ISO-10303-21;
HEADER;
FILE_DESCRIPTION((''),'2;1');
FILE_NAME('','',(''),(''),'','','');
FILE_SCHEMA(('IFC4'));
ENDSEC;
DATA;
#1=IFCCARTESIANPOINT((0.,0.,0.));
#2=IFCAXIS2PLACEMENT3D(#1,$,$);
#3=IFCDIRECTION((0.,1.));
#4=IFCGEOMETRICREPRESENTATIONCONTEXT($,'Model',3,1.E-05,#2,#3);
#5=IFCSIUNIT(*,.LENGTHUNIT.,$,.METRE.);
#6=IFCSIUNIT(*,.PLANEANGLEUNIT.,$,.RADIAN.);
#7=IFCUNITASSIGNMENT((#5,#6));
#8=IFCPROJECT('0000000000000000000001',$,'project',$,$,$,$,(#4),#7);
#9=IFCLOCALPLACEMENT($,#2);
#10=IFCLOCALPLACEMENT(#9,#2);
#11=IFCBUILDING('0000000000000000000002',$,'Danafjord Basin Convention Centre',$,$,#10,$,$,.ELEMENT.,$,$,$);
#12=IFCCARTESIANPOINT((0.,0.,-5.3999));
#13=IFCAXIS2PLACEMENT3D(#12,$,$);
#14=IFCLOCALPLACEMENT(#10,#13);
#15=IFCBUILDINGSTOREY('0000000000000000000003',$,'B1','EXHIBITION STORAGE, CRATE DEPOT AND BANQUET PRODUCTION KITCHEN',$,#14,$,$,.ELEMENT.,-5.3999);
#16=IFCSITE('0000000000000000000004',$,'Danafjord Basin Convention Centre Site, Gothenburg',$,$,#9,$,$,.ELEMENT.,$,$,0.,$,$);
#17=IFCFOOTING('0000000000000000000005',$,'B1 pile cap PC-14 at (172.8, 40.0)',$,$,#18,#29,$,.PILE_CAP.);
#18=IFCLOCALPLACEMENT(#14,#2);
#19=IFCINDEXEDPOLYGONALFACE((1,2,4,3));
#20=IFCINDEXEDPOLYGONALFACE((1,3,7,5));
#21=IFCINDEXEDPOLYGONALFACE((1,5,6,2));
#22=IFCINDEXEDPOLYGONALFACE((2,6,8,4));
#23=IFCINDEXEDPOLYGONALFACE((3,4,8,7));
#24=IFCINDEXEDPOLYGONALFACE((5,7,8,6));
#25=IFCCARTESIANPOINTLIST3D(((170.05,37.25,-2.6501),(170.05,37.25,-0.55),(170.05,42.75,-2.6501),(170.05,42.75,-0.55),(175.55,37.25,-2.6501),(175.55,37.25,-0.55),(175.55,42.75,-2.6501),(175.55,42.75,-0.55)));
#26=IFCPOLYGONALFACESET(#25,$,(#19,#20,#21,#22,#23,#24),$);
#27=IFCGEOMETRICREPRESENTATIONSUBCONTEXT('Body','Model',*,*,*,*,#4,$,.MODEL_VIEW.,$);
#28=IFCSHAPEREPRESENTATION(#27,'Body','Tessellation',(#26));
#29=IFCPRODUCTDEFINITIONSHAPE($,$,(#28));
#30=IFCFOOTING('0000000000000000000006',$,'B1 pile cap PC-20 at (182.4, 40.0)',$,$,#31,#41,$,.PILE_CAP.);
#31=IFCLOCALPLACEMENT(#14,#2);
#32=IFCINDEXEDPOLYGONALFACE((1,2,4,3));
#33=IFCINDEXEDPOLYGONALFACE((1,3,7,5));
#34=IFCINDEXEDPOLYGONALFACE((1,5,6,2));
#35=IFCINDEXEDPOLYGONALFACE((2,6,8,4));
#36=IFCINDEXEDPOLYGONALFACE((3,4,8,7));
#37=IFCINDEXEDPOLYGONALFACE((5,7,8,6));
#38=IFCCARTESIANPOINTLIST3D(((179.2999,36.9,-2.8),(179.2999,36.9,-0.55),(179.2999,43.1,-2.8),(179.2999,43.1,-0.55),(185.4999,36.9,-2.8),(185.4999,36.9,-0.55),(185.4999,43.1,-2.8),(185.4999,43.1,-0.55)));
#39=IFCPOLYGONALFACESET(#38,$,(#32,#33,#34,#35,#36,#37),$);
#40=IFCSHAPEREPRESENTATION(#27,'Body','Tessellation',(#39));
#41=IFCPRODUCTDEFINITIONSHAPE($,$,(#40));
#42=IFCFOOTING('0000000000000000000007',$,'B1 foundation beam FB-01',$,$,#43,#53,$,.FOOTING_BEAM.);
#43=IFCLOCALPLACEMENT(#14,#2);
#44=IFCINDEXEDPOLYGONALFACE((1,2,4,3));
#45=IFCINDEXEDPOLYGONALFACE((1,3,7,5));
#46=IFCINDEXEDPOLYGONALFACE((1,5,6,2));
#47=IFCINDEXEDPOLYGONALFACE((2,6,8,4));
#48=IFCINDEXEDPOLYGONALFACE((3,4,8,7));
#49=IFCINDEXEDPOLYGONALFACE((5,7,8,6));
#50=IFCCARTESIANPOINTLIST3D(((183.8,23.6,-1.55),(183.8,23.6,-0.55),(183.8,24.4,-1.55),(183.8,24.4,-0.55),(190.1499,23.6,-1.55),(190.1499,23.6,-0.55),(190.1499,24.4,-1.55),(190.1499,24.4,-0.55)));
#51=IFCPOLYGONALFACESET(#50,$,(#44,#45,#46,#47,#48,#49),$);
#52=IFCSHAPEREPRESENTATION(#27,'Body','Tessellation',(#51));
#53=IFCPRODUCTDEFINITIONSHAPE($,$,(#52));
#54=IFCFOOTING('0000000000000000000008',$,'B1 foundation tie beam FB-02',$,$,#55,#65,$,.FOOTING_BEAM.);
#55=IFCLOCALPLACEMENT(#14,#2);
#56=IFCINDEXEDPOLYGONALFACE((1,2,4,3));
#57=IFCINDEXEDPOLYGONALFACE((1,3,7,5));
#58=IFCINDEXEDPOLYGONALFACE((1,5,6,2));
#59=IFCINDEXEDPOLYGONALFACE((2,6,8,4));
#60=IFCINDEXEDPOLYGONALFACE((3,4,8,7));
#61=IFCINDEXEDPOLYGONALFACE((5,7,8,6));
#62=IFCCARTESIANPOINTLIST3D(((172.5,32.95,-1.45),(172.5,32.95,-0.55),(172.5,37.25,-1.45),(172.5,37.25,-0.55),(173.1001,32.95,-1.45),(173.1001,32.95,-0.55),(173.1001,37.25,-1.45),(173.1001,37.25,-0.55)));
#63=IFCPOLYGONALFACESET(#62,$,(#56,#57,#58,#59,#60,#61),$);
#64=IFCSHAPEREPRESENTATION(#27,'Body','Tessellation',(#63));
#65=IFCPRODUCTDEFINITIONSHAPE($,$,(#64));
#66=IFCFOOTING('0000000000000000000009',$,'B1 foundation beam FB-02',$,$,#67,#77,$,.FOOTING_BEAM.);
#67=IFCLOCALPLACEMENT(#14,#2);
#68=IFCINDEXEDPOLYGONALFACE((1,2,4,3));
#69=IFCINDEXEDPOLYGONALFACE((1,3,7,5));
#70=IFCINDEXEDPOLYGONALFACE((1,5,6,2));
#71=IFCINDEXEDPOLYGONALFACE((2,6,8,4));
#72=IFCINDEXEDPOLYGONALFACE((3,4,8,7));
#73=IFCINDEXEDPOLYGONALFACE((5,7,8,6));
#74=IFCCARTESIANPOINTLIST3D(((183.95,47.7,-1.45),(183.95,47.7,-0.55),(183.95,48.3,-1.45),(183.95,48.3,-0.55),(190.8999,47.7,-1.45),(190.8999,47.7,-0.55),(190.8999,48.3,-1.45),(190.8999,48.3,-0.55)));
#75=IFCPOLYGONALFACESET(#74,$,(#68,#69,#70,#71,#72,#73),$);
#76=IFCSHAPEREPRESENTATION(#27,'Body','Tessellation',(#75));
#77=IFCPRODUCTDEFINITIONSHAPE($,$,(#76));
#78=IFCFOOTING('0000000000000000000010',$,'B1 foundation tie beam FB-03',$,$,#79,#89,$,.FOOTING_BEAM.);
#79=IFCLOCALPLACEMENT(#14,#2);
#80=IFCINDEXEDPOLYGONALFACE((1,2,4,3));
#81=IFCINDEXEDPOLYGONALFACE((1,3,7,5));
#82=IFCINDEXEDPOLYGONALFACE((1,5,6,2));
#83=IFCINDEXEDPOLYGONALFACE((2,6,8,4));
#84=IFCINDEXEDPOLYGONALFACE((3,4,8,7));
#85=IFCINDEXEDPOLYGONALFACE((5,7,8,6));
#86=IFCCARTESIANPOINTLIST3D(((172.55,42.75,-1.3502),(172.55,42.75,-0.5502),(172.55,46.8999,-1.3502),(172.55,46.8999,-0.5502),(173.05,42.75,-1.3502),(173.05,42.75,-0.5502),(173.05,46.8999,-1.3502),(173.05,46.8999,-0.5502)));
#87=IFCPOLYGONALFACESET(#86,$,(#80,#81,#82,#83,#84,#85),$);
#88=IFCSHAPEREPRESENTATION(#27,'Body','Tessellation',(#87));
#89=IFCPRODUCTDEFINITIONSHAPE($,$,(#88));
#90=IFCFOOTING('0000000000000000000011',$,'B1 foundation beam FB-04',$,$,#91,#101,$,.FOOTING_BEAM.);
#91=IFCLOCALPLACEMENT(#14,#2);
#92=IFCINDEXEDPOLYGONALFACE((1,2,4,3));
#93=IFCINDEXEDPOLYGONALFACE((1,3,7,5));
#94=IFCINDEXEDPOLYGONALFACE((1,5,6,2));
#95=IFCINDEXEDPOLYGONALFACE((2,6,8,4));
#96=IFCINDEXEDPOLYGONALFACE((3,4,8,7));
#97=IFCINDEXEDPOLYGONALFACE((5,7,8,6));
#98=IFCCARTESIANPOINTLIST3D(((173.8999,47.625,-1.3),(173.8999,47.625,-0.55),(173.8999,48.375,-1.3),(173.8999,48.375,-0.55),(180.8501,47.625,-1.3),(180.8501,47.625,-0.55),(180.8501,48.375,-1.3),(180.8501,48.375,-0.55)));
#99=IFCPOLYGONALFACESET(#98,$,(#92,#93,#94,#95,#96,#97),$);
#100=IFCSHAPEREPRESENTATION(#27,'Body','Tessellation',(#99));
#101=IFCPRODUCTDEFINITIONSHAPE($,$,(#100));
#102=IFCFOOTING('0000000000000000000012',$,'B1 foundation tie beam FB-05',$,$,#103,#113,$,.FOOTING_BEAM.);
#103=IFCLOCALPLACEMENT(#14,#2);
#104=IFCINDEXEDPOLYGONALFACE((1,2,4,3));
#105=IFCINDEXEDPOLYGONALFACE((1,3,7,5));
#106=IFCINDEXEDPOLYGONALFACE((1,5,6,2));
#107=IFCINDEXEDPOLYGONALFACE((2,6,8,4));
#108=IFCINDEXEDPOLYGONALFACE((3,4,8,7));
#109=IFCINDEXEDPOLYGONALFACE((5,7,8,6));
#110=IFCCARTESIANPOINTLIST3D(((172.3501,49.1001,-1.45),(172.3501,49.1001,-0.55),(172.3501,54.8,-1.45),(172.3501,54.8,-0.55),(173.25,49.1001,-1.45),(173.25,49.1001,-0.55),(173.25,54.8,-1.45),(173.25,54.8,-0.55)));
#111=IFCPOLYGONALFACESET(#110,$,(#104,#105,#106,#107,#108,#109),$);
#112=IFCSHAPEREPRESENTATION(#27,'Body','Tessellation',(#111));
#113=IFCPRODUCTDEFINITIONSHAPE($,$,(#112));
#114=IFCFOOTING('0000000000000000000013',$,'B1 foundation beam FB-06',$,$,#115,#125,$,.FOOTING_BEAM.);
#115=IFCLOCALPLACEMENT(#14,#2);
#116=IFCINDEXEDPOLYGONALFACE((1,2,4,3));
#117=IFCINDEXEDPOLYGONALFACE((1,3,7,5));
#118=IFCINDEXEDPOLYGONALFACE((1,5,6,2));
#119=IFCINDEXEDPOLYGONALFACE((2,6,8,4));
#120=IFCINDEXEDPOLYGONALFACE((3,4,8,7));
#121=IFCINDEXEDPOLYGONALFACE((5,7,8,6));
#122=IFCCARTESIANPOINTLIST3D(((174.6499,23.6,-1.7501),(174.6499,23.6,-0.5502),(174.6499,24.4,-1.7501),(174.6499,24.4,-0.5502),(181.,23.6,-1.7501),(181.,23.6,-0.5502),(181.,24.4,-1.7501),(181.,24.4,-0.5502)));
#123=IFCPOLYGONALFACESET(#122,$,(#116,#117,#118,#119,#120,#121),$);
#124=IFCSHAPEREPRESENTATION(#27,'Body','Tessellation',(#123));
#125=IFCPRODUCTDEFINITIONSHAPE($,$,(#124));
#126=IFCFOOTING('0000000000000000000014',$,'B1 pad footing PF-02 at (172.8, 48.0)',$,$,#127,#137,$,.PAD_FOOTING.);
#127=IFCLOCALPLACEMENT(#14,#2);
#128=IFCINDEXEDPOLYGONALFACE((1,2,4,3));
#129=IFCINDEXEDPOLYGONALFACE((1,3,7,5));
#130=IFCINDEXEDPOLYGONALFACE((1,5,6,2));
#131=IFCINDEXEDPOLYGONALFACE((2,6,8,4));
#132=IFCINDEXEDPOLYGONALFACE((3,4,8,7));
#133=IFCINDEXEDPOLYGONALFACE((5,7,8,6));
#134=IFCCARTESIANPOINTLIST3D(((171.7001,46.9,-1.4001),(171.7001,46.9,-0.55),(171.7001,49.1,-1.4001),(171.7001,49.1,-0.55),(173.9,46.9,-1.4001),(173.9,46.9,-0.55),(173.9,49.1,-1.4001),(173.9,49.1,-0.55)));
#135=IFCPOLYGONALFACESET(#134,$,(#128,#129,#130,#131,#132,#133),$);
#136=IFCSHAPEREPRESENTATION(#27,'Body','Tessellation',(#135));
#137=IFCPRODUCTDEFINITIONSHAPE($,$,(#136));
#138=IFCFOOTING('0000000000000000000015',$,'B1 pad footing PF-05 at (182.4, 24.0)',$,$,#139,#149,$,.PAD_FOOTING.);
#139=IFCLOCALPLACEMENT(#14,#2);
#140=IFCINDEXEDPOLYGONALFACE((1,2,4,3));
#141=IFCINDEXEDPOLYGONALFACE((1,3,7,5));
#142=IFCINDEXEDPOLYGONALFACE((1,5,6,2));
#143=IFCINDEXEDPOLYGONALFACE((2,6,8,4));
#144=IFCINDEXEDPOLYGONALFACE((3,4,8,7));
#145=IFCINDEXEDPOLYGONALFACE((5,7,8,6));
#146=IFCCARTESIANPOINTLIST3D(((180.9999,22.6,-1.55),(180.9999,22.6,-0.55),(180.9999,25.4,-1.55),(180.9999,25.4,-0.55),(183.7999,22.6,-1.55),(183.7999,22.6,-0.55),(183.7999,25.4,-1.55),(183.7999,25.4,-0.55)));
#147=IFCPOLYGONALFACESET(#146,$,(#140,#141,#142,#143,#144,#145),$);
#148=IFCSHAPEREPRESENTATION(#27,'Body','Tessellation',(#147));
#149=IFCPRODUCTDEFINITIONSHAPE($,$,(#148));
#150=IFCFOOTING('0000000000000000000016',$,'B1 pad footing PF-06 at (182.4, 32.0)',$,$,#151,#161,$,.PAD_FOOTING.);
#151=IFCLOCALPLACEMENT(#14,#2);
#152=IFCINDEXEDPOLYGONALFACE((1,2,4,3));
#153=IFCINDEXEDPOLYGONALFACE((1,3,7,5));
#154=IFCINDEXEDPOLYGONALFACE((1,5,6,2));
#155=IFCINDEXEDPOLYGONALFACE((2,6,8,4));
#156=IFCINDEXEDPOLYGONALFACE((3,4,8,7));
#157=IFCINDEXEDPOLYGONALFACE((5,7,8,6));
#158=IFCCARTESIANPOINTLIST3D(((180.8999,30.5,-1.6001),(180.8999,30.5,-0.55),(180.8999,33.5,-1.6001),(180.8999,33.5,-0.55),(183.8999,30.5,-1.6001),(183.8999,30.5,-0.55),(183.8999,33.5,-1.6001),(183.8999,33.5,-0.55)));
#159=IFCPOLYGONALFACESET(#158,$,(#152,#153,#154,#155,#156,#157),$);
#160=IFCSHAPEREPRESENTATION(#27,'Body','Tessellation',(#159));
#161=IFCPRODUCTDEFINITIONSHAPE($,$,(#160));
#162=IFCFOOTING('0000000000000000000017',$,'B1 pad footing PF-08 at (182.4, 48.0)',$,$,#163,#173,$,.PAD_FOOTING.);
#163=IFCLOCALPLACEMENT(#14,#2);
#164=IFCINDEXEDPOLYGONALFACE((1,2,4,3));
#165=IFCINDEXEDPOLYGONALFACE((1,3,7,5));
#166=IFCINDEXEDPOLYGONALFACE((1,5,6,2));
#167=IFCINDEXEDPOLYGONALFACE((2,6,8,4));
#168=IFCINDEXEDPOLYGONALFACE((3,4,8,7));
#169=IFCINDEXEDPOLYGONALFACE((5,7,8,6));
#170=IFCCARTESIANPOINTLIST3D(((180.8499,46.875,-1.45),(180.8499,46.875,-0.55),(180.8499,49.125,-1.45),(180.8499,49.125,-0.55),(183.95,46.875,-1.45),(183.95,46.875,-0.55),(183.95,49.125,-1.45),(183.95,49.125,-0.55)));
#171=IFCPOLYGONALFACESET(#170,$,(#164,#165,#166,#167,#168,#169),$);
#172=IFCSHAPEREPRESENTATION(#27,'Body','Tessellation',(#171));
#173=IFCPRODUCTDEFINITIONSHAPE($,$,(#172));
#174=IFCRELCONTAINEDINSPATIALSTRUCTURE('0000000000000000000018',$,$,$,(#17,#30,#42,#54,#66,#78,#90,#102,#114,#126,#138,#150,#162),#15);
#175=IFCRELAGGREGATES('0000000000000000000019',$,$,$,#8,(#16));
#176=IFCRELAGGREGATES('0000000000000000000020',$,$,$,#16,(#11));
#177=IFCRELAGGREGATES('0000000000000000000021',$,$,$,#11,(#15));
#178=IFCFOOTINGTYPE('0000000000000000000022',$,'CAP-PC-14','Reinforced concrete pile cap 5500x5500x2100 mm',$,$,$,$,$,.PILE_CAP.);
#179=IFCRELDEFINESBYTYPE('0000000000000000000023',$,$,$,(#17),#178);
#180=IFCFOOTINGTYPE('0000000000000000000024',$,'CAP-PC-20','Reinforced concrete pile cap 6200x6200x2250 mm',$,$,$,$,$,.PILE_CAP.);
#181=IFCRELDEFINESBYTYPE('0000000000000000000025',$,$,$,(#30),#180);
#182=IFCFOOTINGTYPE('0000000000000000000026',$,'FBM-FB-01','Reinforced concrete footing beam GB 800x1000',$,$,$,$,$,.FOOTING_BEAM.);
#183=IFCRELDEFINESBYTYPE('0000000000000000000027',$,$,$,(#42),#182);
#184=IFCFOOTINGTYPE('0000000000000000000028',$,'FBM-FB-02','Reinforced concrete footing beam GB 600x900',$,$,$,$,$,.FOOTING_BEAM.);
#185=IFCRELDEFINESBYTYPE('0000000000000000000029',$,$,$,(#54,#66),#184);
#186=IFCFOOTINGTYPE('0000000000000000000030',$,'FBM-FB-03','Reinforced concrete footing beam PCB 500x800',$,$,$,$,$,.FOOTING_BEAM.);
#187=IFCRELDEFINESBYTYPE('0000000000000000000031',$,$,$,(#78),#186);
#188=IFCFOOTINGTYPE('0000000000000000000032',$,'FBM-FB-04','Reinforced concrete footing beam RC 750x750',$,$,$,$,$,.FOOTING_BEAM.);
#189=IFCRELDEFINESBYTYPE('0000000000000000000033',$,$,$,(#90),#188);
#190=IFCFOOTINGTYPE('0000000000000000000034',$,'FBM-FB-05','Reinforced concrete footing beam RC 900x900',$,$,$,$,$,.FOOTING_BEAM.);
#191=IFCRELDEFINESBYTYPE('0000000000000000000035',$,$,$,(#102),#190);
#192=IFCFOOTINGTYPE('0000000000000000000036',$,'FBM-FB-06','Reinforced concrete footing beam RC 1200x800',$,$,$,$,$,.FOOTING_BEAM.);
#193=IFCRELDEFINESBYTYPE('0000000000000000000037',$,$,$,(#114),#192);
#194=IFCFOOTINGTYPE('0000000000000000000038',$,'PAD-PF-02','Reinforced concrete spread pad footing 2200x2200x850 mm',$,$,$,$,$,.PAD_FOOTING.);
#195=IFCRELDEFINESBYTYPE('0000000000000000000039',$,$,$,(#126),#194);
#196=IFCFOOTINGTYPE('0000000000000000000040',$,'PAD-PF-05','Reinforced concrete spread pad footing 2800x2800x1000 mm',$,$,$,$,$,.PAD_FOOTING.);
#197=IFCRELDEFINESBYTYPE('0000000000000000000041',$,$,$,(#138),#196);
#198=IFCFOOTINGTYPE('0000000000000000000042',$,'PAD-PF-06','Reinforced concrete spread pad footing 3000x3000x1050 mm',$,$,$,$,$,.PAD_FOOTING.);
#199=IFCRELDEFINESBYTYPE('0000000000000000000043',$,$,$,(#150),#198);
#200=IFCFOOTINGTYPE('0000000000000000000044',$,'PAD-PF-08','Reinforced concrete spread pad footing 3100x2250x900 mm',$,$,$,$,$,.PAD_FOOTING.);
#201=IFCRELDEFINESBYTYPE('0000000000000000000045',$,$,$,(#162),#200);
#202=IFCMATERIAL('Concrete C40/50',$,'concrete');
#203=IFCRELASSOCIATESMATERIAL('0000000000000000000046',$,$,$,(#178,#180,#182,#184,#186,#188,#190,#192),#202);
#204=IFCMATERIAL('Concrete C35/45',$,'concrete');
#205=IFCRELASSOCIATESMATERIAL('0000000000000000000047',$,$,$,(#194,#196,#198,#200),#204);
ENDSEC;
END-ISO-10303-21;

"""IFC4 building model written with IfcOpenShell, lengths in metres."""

from ifc_helpers import new_model, si_unit, direction, frame, origin, origin_2d, place, context, subcontext, project, spatial, rectangle, extrude, material, material_profile, profile_set, type_object, element, save


model = new_model("IFC4")

# Units and contexts
model_context = context("Model", 3, precision=1e-05, world=origin(), true_north=direction((0.0, 1.0)))
body_context = subcontext(model_context, "Body", "Model", "MODEL_VIEW")
ifc_project = project(units=[si_unit("LENGTHUNIT", "METRE"), si_unit("PLANEANGLEUNIT", "RADIAN")], contexts=[model_context])

# Site, building, storey
site_placement = place(None, origin())
site = spatial("IfcSite", under=ifc_project, at=site_placement, Name="Danafjord Basin Convention Centre Site, Gothenburg", CompositionType="ELEMENT", RefElevation=0.0)
building_placement = place(site_placement, origin())
building = spatial("IfcBuilding", under=site, at=building_placement, Name="Danafjord Basin Convention Centre", CompositionType="ELEMENT")
storey_placement = place(building_placement, frame((0.0, 0.0, -5.3999)))
storey = spatial("IfcBuildingStorey", under=building, at=storey_placement, Name="B1", Description="EXHIBITION STORAGE, CRATE DEPOT AND BANQUET PRODUCTION KITCHEN", CompositionType="ELEMENT", Elevation=-5.3999)

# Footings
ifc_material_1 = material(Name="Concrete C40/50", Category="concrete")
footing_type_1 = type_object("IfcFootingType", Name="CAP-PC-14", Description="Reinforced concrete pile cap 5500x5500x2100 mm", PredefinedType="PILE_CAP", material=ifc_material_1)
footing_1_placement = place(storey_placement, frame((172.8, 40.0, -2.6501), z_axis=(0.0, 0.0, 1.0), x_axis=(1.0, 0.0, 0.0)))
element("IfcFooting", 1, at=footing_1_placement, inside=storey, type_object=footing_type_1, Name="B1 pile cap PC-14 at (172.8, 40.0)", PredefinedType="PILE_CAP", context=body_context, shape_type="SweptSolid", body=[
    extrude(rectangle(XDim=5.5, YDim=5.5, at=origin_2d()), origin(), (0.0, 0.0, 1.0), 2.1001),
])
footing_type_2 = type_object("IfcFootingType", Name="CAP-PC-20", Description="Reinforced concrete pile cap 6200x6200x2250 mm", PredefinedType="PILE_CAP", material=ifc_material_1)
footing_2_placement = place(storey_placement, frame((182.3999, 40.0, -2.8), z_axis=(0.0, 0.0, 1.0), x_axis=(1.0, 0.0, 0.0)))
element("IfcFooting", 2, at=footing_2_placement, inside=storey, type_object=footing_type_2, Name="B1 pile cap PC-20 at (182.4, 40.0)", PredefinedType="PILE_CAP", context=body_context, shape_type="SweptSolid", body=[
    extrude(rectangle(XDim=6.2, YDim=6.2, at=origin_2d()), origin(), (0.0, 0.0, 1.0), 2.25),
])
ifc_material_profile_1 = material_profile(ifc_material_1, rectangle(XDim=0.8, YDim=1.0, at=origin_2d()), Name="GB 800x1000")
ifc_profile_set_1 = profile_set([ifc_material_profile_1], Name="Concrete C40/50")
footing_type_3 = type_object("IfcFootingType", Name="FBM-FB-01", Description="Reinforced concrete footing beam GB 800x1000", PredefinedType="FOOTING_BEAM", material=ifc_profile_set_1)
footing_3_placement = place(storey_placement, frame((183.8, 24.0, -1.05), z_axis=(1.0, 0.0, 0.0), x_axis=(0.0, 1.0, 0.0)))
element("IfcFooting", 3, at=footing_3_placement, inside=storey, type_object=footing_type_3, Name="B1 foundation beam FB-01", PredefinedType="FOOTING_BEAM", context=body_context, shape_type="SweptSolid", body=[
    extrude(rectangle(XDim=0.8, YDim=1.0, at=origin_2d()), origin(), (0.0, 0.0, 1.0), 6.3499),
])
ifc_material_profile_2 = material_profile(ifc_material_1, rectangle(XDim=0.6001, YDim=0.8999, at=origin_2d()), Name="GB 600x900")
ifc_profile_set_2 = profile_set([ifc_material_profile_2], Name="Concrete C40/50")
footing_type_4 = type_object("IfcFootingType", Name="FBM-FB-02", Description="Reinforced concrete footing beam GB 600x900", PredefinedType="FOOTING_BEAM", material=ifc_profile_set_2)
footing_4_placement = place(storey_placement, frame((172.8, 32.95, -1.0), z_axis=(0.0, 1.0, 0.0), x_axis=(-1.0, 0.0, 0.0)))
element("IfcFooting", 4, at=footing_4_placement, inside=storey, type_object=footing_type_4, Name="B1 foundation tie beam FB-02", PredefinedType="FOOTING_BEAM", context=body_context, shape_type="SweptSolid", body=[
    extrude(rectangle(XDim=0.6001, YDim=0.8999, at=origin_2d()), origin(), (0.0, 0.0, 1.0), 4.3),
])
footing_5_placement = place(storey_placement, frame((183.95, 48.0, -1.0), z_axis=(1.0, 0.0, 0.0), x_axis=(0.0, 1.0, 0.0)))
element("IfcFooting", 5, at=footing_5_placement, inside=storey, type_object=footing_type_4, Name="B1 foundation beam FB-02", PredefinedType="FOOTING_BEAM", context=body_context, shape_type="SweptSolid", body=[
    extrude(rectangle(XDim=0.6001, YDim=0.8999, at=origin_2d()), origin(), (0.0, 0.0, 1.0), 6.95),
])
ifc_material_profile_3 = material_profile(ifc_material_1, rectangle(XDim=0.5, YDim=0.8, at=origin_2d()), Name="PCB 500x800")
ifc_profile_set_3 = profile_set([ifc_material_profile_3], Name="Concrete C40/50")
footing_type_5 = type_object("IfcFootingType", Name="FBM-FB-03", Description="Reinforced concrete footing beam PCB 500x800", PredefinedType="FOOTING_BEAM", material=ifc_profile_set_3)
footing_6_placement = place(storey_placement, frame((172.8, 42.75, -0.9502), z_axis=(0.0, 1.0, 0.0), x_axis=(-1.0, 0.0, 0.0)))
element("IfcFooting", 6, at=footing_6_placement, inside=storey, type_object=footing_type_5, Name="B1 foundation tie beam FB-03", PredefinedType="FOOTING_BEAM", context=body_context, shape_type="SweptSolid", body=[
    extrude(rectangle(XDim=0.5, YDim=0.8, at=origin_2d()), origin(), (0.0, 0.0, 1.0), 4.1499),
])
ifc_material_profile_4 = material_profile(ifc_material_1, rectangle(XDim=0.75, YDim=0.75, at=origin_2d()), Name="RC 750x750")
ifc_profile_set_4 = profile_set([ifc_material_profile_4], Name="Concrete C40/50")
footing_type_6 = type_object("IfcFootingType", Name="FBM-FB-04", Description="Reinforced concrete footing beam RC 750x750", PredefinedType="FOOTING_BEAM", material=ifc_profile_set_4)
footing_7_placement = place(storey_placement, frame((173.8999, 48.0, -0.925), z_axis=(1.0, 0.0, 0.0), x_axis=(0.0, 1.0, 0.0)))
element("IfcFooting", 7, at=footing_7_placement, inside=storey, type_object=footing_type_6, Name="B1 foundation beam FB-04", PredefinedType="FOOTING_BEAM", context=body_context, shape_type="SweptSolid", body=[
    extrude(rectangle(XDim=0.75, YDim=0.75, at=origin_2d()), origin(), (0.0, 0.0, 1.0), 6.9502),
])
ifc_material_profile_5 = material_profile(ifc_material_1, rectangle(XDim=0.8999, YDim=0.8999, at=origin_2d()), Name="RC 900x900")
ifc_profile_set_5 = profile_set([ifc_material_profile_5], Name="Concrete C40/50")
footing_type_7 = type_object("IfcFootingType", Name="FBM-FB-05", Description="Reinforced concrete footing beam RC 900x900", PredefinedType="FOOTING_BEAM", material=ifc_profile_set_5)
footing_8_placement = place(storey_placement, frame((172.8, 49.1001, -1.0), z_axis=(0.0, 1.0, 0.0), x_axis=(-1.0, 0.0, 0.0)))
element("IfcFooting", 8, at=footing_8_placement, inside=storey, type_object=footing_type_7, Name="B1 foundation tie beam FB-05", PredefinedType="FOOTING_BEAM", context=body_context, shape_type="SweptSolid", body=[
    extrude(rectangle(XDim=0.8999, YDim=0.8999, at=origin_2d()), origin(), (0.0, 0.0, 1.0), 5.7),
])
ifc_material_profile_6 = material_profile(ifc_material_1, rectangle(XDim=0.8, YDim=1.2, at=origin_2d()), Name="RC 1200x800")
ifc_profile_set_6 = profile_set([ifc_material_profile_6], Name="Concrete C40/50")
footing_type_8 = type_object("IfcFootingType", Name="FBM-FB-06", Description="Reinforced concrete footing beam RC 1200x800", PredefinedType="FOOTING_BEAM", material=ifc_profile_set_6)
footing_9_placement = place(storey_placement, frame((174.6499, 24.0, -1.1501), z_axis=(1.0, 0.0, 0.0), x_axis=(0.0, 1.0, 0.0)))
element("IfcFooting", 9, at=footing_9_placement, inside=storey, type_object=footing_type_8, Name="B1 foundation beam FB-06", PredefinedType="FOOTING_BEAM", context=body_context, shape_type="SweptSolid", body=[
    extrude(rectangle(XDim=0.8, YDim=1.2, at=origin_2d()), origin(), (0.0, 0.0, 1.0), 6.3501),
])
ifc_material_2 = material(Name="Concrete C35/45", Category="concrete")
footing_type_9 = type_object("IfcFootingType", Name="PAD-PF-02", Description="Reinforced concrete spread pad footing 2200x2200x850 mm", PredefinedType="PAD_FOOTING", material=ifc_material_2)
footing_10_placement = place(storey_placement, frame((172.8, 48.0, -1.4001), z_axis=(0.0, 0.0, 1.0), x_axis=(1.0, 0.0, 0.0)))
element("IfcFooting", 10, at=footing_10_placement, inside=storey, type_object=footing_type_9, Name="B1 pad footing PF-02 at (172.8, 48.0)", PredefinedType="PAD_FOOTING", context=body_context, shape_type="SweptSolid", body=[
    extrude(rectangle(XDim=2.2, YDim=2.2, at=origin_2d()), origin(), (0.0, 0.0, 1.0), 0.8501),
])
footing_type_10 = type_object("IfcFootingType", Name="PAD-PF-05", Description="Reinforced concrete spread pad footing 2800x2800x1000 mm", PredefinedType="PAD_FOOTING", material=ifc_material_2)
footing_11_placement = place(storey_placement, frame((182.3999, 24.0, -1.55), z_axis=(0.0, 0.0, 1.0), x_axis=(1.0, 0.0, 0.0)))
element("IfcFooting", 11, at=footing_11_placement, inside=storey, type_object=footing_type_10, Name="B1 pad footing PF-05 at (182.4, 24.0)", PredefinedType="PAD_FOOTING", context=body_context, shape_type="SweptSolid", body=[
    extrude(rectangle(XDim=2.8, YDim=2.8, at=origin_2d()), origin(), (0.0, 0.0, 1.0), 1.0),
])
footing_type_11 = type_object("IfcFootingType", Name="PAD-PF-06", Description="Reinforced concrete spread pad footing 3000x3000x1050 mm", PredefinedType="PAD_FOOTING", material=ifc_material_2)
footing_12_placement = place(storey_placement, frame((182.3999, 32.0, -1.6001), z_axis=(0.0, 0.0, 1.0), x_axis=(1.0, 0.0, 0.0)))
element("IfcFooting", 12, at=footing_12_placement, inside=storey, type_object=footing_type_11, Name="B1 pad footing PF-06 at (182.4, 32.0)", PredefinedType="PAD_FOOTING", context=body_context, shape_type="SweptSolid", body=[
    extrude(rectangle(XDim=3.0, YDim=3.0, at=origin_2d()), origin(), (0.0, 0.0, 1.0), 1.05),
])
footing_type_12 = type_object("IfcFootingType", Name="PAD-PF-08", Description="Reinforced concrete spread pad footing 3100x2250x900 mm", PredefinedType="PAD_FOOTING", material=ifc_material_2)
footing_13_placement = place(storey_placement, frame((182.3999, 48.0, -1.45), z_axis=(0.0, 0.0, 1.0), x_axis=(1.0, 0.0, 0.0)))
element("IfcFooting", 13, at=footing_13_placement, inside=storey, type_object=footing_type_12, Name="B1 pad footing PF-08 at (182.4, 48.0)", PredefinedType="PAD_FOOTING", context=body_context, shape_type="SweptSolid", body=[
    extrude(rectangle(XDim=3.1001, YDim=2.25, at=origin_2d()), origin(), (0.0, 0.0, 1.0), 0.8999),
])

save(model, "model.ifc")
